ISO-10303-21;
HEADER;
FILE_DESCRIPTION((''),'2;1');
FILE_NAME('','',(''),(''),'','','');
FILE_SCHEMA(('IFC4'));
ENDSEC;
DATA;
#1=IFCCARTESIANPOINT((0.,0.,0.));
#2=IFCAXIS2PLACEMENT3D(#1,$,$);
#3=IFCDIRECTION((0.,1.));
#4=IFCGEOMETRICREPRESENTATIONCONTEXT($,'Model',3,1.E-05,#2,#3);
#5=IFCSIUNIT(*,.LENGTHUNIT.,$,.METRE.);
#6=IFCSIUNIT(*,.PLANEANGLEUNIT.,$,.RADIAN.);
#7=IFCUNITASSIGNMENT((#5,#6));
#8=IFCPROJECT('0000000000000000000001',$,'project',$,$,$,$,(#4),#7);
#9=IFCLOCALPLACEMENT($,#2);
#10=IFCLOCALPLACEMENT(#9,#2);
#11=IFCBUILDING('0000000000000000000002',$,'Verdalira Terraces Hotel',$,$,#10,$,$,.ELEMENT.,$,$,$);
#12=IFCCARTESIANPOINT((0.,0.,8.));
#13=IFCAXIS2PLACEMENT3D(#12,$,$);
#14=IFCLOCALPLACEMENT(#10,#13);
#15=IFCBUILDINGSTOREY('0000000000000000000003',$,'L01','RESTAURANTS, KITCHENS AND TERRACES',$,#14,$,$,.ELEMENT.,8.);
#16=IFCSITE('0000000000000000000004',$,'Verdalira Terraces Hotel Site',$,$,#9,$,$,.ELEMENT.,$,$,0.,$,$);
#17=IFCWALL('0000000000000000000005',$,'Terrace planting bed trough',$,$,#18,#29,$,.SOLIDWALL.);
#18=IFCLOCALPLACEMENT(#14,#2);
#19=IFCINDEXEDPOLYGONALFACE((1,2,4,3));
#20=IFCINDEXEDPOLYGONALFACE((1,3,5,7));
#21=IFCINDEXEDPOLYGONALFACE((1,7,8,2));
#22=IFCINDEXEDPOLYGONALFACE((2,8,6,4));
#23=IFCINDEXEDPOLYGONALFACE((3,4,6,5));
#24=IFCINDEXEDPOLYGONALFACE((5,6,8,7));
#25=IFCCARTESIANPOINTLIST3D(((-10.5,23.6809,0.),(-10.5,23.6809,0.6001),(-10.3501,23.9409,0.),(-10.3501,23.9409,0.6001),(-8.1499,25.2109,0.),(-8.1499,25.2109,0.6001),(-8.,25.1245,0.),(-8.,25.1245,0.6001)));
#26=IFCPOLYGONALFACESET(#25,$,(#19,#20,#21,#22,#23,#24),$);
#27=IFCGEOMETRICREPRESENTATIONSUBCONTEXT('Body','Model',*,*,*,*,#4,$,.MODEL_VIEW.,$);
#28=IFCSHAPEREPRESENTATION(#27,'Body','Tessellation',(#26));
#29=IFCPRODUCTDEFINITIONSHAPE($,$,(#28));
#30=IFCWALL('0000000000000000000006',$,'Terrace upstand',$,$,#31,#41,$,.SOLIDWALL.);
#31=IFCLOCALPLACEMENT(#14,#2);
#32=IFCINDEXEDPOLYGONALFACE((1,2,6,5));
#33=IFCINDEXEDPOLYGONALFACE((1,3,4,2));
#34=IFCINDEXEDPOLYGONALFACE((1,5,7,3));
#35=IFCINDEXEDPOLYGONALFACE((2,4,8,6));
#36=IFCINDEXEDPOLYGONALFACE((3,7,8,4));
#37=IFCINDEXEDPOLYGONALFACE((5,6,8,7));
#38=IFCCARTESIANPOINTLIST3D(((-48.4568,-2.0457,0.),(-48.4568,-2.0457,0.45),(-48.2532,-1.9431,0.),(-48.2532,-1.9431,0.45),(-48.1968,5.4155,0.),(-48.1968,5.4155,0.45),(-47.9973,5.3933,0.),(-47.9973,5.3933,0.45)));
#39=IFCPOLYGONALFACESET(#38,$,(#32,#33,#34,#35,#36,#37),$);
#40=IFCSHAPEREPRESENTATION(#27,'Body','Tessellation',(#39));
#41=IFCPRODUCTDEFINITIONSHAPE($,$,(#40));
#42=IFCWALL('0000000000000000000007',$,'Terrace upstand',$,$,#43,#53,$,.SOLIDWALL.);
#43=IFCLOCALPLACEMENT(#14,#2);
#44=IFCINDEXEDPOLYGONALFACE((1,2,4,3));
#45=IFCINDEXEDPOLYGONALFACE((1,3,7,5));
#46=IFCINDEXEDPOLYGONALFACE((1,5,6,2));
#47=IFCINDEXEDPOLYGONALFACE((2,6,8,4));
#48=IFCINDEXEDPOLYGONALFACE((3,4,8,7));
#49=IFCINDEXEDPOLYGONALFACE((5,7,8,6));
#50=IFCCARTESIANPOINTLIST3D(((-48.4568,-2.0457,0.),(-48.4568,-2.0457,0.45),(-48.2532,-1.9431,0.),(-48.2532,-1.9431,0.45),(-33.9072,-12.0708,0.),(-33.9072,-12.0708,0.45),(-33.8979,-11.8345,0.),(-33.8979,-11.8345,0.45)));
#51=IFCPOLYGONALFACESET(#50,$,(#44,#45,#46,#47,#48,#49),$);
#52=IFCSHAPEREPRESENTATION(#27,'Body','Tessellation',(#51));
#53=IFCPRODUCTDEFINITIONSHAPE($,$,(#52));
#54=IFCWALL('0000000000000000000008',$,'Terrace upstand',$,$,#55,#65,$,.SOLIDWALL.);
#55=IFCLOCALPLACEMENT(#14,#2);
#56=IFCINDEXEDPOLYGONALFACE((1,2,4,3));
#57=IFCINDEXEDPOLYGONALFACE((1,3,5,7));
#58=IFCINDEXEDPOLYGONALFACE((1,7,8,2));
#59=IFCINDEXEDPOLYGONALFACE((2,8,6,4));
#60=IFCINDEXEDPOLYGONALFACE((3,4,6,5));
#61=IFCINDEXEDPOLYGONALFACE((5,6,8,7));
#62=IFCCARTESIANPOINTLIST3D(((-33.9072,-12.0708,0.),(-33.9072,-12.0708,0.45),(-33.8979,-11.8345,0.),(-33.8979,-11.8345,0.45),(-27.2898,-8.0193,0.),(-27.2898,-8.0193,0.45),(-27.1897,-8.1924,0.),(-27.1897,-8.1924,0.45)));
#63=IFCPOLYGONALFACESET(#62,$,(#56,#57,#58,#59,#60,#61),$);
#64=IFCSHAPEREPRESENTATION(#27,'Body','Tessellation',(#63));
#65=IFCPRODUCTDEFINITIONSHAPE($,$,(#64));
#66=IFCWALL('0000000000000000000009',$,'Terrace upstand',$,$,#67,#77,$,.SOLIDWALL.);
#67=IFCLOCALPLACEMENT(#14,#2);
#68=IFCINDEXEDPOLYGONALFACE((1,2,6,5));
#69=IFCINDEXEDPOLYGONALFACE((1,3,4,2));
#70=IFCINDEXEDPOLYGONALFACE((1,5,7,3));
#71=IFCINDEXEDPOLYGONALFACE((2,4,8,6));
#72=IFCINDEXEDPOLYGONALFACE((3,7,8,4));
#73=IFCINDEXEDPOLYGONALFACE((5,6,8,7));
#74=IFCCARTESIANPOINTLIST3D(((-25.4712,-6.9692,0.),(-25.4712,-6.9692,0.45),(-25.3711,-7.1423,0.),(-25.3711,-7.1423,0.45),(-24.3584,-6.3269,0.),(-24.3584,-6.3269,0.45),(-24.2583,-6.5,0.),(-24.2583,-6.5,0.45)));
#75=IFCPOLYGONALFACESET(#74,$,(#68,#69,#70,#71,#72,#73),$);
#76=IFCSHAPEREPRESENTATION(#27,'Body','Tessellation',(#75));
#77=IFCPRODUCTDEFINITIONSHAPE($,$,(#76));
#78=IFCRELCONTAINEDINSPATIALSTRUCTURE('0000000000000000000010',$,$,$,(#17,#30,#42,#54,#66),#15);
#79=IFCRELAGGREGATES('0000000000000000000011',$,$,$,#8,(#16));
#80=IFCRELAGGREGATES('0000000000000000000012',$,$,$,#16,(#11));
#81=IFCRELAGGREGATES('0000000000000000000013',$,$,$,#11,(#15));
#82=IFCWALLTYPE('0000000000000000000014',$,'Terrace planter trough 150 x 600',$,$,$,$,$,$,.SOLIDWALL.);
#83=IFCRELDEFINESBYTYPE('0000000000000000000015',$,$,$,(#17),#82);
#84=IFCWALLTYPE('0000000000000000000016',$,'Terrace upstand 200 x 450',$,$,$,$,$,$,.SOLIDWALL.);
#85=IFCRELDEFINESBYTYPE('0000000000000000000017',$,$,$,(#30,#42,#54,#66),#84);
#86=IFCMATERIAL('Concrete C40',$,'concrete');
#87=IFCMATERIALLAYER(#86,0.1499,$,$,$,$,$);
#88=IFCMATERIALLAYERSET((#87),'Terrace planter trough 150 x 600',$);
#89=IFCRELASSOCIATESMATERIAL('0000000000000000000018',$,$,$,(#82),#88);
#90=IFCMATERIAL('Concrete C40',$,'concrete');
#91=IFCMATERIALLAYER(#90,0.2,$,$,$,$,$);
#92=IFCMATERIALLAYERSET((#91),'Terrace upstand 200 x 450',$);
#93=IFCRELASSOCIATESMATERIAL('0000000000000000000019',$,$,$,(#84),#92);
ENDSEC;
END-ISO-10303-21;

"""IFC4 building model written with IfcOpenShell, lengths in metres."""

from ifc_helpers import new_model, si_unit, direction, frame, origin, place, context, subcontext, project, spatial, polyline, outline, extrude, material, layer, layer_set, type_object, element, save


model = new_model("IFC4")

# Units and contexts
model_context = context("Model", 3, precision=1e-05, world=origin(), true_north=direction((0.0, 1.0)))
body_context = subcontext(model_context, "Body", "Model", "MODEL_VIEW")
ifc_project = project(units=[si_unit("LENGTHUNIT", "METRE"), si_unit("PLANEANGLEUNIT", "RADIAN")], contexts=[model_context])

# Site, building, storey
site_placement = place(None, origin())
site = spatial("IfcSite", under=ifc_project, at=site_placement, Name="Verdalira Terraces Hotel Site", CompositionType="ELEMENT", RefElevation=0.0)
building_placement = place(site_placement, origin())
building = spatial("IfcBuilding", under=site, at=building_placement, Name="Verdalira Terraces Hotel", CompositionType="ELEMENT")
storey_placement = place(building_placement, frame((0.0, 0.0, 8.0)))
storey = spatial("IfcBuildingStorey", under=building, at=storey_placement, Name="L01", Description="RESTAURANTS, KITCHENS AND TERRACES", CompositionType="ELEMENT", Elevation=8.0)

# Walls
ifc_material_1 = material(Name="Concrete C40", Category="concrete")
ifc_layer_1 = layer(ifc_material_1, 0.1499)
ifc_layer_set_1 = layer_set([ifc_layer_1], Name="Terrace planter trough 150 x 600")
wall_type_1 = type_object("IfcWallType", Name="Terrace planter trough 150 x 600", PredefinedType="SOLIDWALL", material=ifc_layer_set_1)
wall_1_placement = place(storey_placement, origin())
element("IfcWall", 1, at=wall_1_placement, inside=storey, type_object=wall_type_1, Name="Terrace planting bed trough", PredefinedType="SOLIDWALL", context=body_context, shape_type="SweptSolid", body=[
    extrude(outline(polyline([(-10.5, 23.6809), (-8.0, 25.1245), (-8.1499, 25.2109), (-10.3501, 23.9409), (-10.5, 23.6809)])), origin(), (0.0, 0.0, 1.0), 0.6001),
])
ifc_material_2 = material(Name="Concrete C40", Category="concrete")
ifc_layer_2 = layer(ifc_material_2, 0.2)
ifc_layer_set_2 = layer_set([ifc_layer_2], Name="Terrace upstand 200 x 450")
wall_type_2 = type_object("IfcWallType", Name="Terrace upstand 200 x 450", PredefinedType="SOLIDWALL", material=ifc_layer_set_2)
wall_2_placement = place(storey_placement, origin())
element("IfcWall", 2, at=wall_2_placement, inside=storey, type_object=wall_type_2, Name="Terrace upstand", PredefinedType="SOLIDWALL", context=body_context, shape_type="SweptSolid", body=[
    extrude(outline(polyline([(-47.9973, 5.3933), (-48.1968, 5.4155), (-48.4568, -2.0457), (-48.2532, -1.9431), (-47.9973, 5.3933)])), origin(), (0.0, 0.0, 1.0), 0.45),
])
wall_3_placement = place(storey_placement, origin())
element("IfcWall", 3, at=wall_3_placement, inside=storey, type_object=wall_type_2, Name="Terrace upstand", PredefinedType="SOLIDWALL", context=body_context, shape_type="SweptSolid", body=[
    extrude(outline(polyline([(-48.2532, -1.9431), (-48.4568, -2.0457), (-33.9072, -12.0708), (-33.8979, -11.8345), (-48.2532, -1.9431)])), origin(), (0.0, 0.0, 1.0), 0.45),
])
wall_4_placement = place(storey_placement, origin())
element("IfcWall", 4, at=wall_4_placement, inside=storey, type_object=wall_type_2, Name="Terrace upstand", PredefinedType="SOLIDWALL", context=body_context, shape_type="SweptSolid", body=[
    extrude(outline(polyline([(-33.9072, -12.0708), (-27.1897, -8.1924), (-27.2898, -8.0193), (-33.8979, -11.8345), (-33.9072, -12.0708)])), origin(), (0.0, 0.0, 1.0), 0.45),
])
wall_5_placement = place(storey_placement, origin())
element("IfcWall", 5, at=wall_5_placement, inside=storey, type_object=wall_type_2, Name="Terrace upstand", PredefinedType="SOLIDWALL", context=body_context, shape_type="SweptSolid", body=[
    extrude(outline(polyline([(-24.3584, -6.3269), (-25.4712, -6.9692), (-25.3711, -7.1423), (-24.2583, -6.5), (-24.3584, -6.3269)])), origin(), (0.0, 0.0, 1.0), 0.45),
])

save(model, "model.ifc")
